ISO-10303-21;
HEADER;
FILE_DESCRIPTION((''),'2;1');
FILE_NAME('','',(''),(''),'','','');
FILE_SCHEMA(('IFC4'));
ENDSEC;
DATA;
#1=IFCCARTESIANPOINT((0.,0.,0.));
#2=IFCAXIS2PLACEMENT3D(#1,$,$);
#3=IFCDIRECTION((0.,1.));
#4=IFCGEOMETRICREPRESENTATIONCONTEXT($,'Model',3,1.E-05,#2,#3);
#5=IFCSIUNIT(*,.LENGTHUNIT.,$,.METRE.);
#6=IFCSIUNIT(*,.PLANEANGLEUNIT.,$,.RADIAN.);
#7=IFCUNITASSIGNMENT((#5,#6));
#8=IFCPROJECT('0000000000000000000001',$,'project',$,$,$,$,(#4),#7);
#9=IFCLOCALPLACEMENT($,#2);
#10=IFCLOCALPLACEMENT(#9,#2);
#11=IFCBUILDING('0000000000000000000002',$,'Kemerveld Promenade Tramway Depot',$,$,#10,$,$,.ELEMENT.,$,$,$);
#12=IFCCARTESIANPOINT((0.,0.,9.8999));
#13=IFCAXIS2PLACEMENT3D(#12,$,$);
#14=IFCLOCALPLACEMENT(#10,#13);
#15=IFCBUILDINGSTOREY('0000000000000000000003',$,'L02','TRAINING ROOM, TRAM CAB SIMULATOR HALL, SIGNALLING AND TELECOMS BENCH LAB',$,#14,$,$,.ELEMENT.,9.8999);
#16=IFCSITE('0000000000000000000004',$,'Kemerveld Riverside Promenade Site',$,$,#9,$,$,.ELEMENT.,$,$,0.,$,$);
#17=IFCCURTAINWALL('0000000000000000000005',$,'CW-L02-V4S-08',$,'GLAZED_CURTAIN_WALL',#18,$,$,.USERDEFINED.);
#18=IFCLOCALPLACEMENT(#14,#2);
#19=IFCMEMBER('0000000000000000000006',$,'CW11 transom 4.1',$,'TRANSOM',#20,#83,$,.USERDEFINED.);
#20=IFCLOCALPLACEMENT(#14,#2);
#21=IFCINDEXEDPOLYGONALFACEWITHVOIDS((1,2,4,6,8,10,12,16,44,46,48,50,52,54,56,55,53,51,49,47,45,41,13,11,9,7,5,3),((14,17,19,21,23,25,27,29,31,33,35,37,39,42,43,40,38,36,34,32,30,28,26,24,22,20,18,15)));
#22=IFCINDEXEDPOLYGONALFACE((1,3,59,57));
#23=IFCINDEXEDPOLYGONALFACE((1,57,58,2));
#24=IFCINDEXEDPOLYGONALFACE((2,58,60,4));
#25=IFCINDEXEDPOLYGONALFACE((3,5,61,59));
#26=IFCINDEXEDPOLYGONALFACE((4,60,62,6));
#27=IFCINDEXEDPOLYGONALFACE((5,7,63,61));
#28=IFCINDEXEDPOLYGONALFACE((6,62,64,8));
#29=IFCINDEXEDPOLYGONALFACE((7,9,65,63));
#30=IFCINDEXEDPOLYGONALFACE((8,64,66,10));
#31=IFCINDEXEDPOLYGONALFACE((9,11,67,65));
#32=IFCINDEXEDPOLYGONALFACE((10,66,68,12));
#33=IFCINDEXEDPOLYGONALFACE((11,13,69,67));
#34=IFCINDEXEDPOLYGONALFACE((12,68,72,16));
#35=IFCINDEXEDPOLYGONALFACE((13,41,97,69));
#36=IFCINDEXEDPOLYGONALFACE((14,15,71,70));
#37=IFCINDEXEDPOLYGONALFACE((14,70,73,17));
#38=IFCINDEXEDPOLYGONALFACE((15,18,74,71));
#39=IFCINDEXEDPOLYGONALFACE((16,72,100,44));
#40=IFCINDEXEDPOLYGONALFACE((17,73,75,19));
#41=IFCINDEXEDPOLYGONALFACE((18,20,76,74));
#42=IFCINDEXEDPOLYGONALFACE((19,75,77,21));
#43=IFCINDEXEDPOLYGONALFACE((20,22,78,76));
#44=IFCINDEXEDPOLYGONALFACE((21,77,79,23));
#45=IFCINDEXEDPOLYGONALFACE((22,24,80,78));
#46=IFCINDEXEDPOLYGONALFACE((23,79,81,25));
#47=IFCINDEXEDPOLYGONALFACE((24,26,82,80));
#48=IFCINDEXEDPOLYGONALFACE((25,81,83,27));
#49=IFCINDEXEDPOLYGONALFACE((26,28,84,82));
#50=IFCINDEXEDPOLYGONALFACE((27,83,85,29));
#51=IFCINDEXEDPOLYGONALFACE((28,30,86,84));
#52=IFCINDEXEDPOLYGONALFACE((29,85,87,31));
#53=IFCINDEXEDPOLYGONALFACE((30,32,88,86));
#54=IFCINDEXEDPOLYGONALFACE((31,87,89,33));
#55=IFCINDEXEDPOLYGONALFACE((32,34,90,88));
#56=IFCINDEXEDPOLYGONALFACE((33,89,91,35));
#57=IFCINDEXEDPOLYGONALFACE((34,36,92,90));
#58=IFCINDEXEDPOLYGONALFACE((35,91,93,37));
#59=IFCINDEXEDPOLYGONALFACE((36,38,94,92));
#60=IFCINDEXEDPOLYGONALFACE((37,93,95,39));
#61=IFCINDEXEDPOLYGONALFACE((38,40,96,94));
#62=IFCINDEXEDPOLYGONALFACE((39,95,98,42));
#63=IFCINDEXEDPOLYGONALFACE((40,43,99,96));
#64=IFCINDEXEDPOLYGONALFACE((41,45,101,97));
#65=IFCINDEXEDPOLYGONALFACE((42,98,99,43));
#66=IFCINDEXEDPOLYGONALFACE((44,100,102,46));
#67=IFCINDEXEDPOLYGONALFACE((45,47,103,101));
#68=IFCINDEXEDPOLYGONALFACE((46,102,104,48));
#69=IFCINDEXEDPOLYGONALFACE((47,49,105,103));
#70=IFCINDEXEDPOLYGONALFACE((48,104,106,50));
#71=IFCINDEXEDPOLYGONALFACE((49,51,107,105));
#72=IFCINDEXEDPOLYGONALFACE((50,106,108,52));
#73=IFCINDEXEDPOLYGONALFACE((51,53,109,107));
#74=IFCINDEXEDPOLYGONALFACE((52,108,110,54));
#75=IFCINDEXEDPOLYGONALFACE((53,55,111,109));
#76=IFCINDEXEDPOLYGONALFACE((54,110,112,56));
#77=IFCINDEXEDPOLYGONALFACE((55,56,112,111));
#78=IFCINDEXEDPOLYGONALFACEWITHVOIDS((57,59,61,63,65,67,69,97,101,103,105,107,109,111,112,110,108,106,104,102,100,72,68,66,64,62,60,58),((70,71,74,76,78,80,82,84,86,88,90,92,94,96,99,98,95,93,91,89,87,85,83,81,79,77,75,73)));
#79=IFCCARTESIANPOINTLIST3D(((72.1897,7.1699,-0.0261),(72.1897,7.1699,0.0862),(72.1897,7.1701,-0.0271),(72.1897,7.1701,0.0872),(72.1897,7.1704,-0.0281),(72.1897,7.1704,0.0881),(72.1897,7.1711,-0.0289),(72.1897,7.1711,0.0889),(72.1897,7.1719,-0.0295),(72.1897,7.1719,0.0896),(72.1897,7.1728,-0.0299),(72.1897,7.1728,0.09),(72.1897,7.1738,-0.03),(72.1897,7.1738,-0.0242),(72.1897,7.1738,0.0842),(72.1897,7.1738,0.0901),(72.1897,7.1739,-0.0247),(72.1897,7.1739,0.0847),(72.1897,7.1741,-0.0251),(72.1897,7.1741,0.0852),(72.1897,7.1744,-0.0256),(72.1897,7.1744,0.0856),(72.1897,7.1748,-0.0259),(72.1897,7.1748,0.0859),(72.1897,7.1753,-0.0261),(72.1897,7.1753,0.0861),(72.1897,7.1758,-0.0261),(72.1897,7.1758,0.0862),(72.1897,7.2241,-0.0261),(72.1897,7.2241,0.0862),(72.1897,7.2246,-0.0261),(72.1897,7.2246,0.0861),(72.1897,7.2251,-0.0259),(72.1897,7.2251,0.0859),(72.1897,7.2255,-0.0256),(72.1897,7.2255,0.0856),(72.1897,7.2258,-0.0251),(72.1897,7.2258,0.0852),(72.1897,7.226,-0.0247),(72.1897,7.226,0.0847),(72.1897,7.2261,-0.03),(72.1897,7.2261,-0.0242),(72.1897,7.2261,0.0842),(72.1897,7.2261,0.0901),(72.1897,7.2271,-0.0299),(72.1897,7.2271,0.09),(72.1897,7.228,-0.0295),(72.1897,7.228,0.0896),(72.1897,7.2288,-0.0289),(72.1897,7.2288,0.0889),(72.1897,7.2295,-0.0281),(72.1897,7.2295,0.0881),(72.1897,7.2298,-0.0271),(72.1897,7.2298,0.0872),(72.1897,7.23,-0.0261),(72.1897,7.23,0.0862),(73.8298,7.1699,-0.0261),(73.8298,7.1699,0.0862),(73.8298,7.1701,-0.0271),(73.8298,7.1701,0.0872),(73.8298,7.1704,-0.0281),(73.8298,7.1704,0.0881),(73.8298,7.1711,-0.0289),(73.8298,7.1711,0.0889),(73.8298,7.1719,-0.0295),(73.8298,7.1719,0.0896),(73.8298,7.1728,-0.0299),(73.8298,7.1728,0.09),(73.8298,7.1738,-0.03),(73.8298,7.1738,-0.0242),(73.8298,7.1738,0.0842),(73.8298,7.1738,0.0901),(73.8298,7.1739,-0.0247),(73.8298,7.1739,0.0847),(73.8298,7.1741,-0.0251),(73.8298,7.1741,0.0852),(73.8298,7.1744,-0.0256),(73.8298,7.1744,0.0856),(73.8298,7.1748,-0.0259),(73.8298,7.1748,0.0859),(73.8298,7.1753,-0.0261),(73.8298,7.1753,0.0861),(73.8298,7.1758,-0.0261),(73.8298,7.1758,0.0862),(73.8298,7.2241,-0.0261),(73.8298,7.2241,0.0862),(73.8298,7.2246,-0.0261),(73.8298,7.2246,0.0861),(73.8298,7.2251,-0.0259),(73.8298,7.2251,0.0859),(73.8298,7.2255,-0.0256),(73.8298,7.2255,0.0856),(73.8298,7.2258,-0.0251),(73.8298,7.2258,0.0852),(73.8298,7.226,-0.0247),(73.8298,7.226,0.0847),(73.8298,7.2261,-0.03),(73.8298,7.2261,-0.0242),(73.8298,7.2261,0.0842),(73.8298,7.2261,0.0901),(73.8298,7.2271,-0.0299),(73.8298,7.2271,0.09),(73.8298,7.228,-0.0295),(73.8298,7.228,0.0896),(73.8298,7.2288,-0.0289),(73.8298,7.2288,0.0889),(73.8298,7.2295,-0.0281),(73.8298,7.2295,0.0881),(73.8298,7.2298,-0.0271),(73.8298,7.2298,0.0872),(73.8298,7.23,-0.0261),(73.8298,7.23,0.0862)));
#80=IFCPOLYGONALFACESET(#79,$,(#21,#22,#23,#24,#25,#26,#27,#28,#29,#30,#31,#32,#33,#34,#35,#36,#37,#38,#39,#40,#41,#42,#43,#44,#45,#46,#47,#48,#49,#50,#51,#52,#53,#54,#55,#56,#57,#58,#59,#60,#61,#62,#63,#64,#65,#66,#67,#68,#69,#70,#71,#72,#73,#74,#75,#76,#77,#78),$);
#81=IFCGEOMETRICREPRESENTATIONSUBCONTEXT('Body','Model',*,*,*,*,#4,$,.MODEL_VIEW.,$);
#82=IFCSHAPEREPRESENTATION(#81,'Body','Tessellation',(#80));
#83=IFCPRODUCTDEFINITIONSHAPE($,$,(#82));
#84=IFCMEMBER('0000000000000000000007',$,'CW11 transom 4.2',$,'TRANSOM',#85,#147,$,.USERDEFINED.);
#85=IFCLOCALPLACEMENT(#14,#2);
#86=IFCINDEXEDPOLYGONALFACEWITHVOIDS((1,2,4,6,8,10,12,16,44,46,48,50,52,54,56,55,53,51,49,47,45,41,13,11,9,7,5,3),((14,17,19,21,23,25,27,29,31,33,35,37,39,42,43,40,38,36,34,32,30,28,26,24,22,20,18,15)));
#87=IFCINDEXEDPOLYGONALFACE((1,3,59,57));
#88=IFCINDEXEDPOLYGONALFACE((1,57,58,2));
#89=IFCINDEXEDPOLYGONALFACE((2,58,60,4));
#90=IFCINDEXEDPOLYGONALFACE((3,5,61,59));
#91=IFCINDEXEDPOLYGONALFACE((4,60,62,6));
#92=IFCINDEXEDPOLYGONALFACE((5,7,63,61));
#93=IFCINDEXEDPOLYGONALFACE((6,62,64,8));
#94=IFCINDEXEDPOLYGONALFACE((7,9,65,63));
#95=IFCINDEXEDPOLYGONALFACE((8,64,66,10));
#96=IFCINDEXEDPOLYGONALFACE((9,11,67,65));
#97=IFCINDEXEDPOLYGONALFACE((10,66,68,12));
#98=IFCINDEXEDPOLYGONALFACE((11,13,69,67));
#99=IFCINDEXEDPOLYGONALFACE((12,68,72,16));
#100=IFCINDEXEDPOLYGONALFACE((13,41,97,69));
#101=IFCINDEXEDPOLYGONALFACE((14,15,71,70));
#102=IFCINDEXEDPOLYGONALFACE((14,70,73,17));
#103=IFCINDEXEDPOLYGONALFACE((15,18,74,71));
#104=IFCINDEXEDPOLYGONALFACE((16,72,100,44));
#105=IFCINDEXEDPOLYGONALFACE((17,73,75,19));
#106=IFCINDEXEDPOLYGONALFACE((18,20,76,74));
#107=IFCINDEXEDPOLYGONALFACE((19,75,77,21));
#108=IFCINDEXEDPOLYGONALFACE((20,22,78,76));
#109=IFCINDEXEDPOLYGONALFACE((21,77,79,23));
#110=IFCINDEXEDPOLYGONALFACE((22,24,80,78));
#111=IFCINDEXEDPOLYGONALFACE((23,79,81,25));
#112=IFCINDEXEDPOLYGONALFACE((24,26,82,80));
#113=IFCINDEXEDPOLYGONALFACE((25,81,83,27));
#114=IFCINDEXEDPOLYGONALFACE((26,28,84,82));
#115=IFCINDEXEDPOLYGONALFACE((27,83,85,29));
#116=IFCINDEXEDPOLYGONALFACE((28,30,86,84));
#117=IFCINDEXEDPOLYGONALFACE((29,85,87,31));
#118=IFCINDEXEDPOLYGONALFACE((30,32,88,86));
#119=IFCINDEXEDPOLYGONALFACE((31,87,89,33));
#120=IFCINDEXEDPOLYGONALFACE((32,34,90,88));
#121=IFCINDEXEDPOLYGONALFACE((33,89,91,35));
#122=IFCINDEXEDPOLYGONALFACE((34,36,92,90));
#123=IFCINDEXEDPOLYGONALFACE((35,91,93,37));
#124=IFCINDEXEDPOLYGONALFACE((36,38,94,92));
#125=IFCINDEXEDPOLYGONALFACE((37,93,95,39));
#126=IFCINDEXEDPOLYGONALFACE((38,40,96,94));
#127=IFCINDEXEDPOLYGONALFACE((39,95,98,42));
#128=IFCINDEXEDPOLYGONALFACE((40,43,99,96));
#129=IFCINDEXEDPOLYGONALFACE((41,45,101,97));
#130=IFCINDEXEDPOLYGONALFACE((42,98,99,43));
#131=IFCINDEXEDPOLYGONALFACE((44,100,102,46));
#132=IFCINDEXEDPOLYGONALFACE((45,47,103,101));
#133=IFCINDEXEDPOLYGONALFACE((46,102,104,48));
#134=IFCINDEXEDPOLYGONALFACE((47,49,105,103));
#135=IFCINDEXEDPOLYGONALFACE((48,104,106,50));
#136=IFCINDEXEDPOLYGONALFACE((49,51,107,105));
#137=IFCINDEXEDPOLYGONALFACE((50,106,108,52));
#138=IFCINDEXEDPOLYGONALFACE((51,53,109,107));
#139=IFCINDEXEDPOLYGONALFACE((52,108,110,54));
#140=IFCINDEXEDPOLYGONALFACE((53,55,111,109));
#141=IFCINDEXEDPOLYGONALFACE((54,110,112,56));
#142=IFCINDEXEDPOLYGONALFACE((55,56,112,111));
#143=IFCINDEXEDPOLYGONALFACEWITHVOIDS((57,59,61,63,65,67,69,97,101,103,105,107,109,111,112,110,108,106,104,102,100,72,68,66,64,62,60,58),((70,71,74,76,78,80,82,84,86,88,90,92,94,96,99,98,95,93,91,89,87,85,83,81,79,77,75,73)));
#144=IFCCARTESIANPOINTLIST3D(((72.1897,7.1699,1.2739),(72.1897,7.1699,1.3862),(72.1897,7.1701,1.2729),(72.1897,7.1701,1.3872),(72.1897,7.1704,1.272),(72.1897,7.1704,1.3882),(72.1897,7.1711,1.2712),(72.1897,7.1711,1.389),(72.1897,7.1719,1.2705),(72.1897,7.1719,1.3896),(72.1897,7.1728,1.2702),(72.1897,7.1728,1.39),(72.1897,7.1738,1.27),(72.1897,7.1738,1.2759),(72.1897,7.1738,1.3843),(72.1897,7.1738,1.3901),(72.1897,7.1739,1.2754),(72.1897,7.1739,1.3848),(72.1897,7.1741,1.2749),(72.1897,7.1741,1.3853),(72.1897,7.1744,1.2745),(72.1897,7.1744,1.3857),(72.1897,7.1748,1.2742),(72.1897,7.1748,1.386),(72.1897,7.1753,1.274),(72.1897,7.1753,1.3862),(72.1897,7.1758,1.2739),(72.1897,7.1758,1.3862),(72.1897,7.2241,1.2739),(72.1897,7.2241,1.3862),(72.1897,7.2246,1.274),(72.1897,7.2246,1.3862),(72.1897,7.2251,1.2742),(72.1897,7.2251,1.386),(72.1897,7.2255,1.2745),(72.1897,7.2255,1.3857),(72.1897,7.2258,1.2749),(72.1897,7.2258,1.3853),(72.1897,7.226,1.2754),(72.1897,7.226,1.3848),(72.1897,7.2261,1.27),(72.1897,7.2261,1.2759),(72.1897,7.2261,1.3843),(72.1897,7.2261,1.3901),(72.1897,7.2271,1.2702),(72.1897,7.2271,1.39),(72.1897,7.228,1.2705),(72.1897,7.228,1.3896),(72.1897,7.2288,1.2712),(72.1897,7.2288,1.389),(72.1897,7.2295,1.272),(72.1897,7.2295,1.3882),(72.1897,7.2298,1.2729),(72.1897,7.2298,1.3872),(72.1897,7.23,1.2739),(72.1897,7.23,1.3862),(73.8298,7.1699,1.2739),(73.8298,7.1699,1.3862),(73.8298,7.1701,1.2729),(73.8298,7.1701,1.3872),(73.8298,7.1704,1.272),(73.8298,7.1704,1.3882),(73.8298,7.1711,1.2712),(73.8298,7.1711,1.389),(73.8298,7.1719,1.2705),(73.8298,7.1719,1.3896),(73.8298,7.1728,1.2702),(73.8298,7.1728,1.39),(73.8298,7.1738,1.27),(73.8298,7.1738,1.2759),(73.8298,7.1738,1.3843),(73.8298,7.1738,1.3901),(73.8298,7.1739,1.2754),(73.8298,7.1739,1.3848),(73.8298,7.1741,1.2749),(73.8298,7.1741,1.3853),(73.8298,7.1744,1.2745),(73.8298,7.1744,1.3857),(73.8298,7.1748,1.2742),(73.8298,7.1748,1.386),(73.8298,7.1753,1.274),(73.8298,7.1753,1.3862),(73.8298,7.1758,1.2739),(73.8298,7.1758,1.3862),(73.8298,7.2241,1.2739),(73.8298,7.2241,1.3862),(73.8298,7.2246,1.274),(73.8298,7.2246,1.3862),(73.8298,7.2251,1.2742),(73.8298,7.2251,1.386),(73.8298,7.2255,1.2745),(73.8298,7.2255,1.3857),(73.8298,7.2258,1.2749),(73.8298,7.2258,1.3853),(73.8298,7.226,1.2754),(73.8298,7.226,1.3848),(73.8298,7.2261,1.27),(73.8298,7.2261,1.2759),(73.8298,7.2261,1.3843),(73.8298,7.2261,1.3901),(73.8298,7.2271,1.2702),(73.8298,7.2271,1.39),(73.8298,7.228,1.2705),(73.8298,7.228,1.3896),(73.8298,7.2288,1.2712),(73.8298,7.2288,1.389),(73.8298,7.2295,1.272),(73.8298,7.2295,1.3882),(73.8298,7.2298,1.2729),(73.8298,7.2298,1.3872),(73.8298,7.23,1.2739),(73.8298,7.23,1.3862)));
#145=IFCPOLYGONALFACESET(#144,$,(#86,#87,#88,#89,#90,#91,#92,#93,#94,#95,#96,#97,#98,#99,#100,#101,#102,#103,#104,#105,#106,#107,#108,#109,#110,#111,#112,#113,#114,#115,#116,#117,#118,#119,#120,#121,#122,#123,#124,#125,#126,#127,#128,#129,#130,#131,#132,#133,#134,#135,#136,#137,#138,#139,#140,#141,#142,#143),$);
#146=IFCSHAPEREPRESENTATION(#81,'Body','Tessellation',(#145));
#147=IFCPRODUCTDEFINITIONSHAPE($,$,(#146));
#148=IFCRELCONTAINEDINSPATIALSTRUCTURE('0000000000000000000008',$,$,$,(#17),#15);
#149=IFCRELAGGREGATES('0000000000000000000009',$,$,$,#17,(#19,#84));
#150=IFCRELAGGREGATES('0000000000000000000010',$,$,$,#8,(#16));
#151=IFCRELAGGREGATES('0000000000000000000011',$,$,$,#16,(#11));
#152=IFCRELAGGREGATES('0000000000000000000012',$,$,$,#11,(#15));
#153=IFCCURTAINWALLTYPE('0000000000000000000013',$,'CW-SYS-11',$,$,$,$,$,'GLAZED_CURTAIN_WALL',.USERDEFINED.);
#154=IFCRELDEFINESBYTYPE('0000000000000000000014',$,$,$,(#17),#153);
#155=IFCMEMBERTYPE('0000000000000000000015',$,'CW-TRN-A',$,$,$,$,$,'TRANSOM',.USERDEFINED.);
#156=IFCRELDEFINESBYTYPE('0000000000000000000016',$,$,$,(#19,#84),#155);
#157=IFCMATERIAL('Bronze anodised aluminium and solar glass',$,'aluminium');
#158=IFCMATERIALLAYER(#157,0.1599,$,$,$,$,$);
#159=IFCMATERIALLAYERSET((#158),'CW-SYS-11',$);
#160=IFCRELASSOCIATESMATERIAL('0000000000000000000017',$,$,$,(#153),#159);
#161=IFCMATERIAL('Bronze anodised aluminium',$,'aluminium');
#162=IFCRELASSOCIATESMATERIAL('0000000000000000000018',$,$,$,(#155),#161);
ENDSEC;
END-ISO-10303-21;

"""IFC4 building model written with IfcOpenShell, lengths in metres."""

from ifc_helpers import new_model, si_unit, direction, frame, origin, origin_2d, place, context, subcontext, project, spatial, hollow_rectangle, extrude, material, layer, layer_set, material_profile, profile_set, type_object, element, aggregate, save


model = new_model("IFC4")

# Units and contexts
model_context = context("Model", 3, precision=1e-05, world=origin(), true_north=direction((0.0, 1.0)))
body_context = subcontext(model_context, "Body", "Model", "MODEL_VIEW")
ifc_project = project(units=[si_unit("LENGTHUNIT", "METRE"), si_unit("PLANEANGLEUNIT", "RADIAN")], contexts=[model_context])

# Site, building, storey
site_placement = place(None, origin())
site = spatial("IfcSite", under=ifc_project, at=site_placement, Name="Kemerveld Riverside Promenade Site", CompositionType="ELEMENT", RefElevation=0.0)
building_placement = place(site_placement, origin())
building = spatial("IfcBuilding", under=site, at=building_placement, Name="Kemerveld Promenade Tramway Depot", CompositionType="ELEMENT")
storey_placement = place(building_placement, frame((0.0, 0.0, 9.8999)))
storey = spatial("IfcBuildingStorey", under=building, at=storey_placement, Name="L02", Description="TRAINING ROOM, TRAM CAB SIMULATOR HALL, SIGNALLING AND TELECOMS BENCH LAB", CompositionType="ELEMENT", Elevation=9.8999)

# Curtain wall, members
ifc_material_1 = material(Name="Bronze anodised aluminium and solar glass", Category="aluminium")
ifc_layer_1 = layer(ifc_material_1, 0.1599)
ifc_layer_set_1 = layer_set([ifc_layer_1], Name="CW-SYS-11")
curtain_wall_type = type_object("IfcCurtainWallType", Name="CW-SYS-11", ElementType="GLAZED_CURTAIN_WALL", PredefinedType="USERDEFINED", material=ifc_layer_set_1)
curtain_wall_placement = place(storey_placement, origin())
curtain_wall = element("IfcCurtainWall", 1, at=curtain_wall_placement, inside=storey, type_object=curtain_wall_type, Name="CW-L02-V4S-08", ObjectType="GLAZED_CURTAIN_WALL", PredefinedType="USERDEFINED")
ifc_material_2 = material(Name="Bronze anodised aluminium", Category="aluminium")
ifc_material_profile_1 = material_profile(ifc_material_2, hollow_rectangle(XDim=0.0601, YDim=0.1201, WallThickness=0.0039, InnerFilletRadius=0.002, OuterFilletRadius=0.0039, at=origin_2d()), Name="CW-TRN-120x60")
ifc_profile_set_1 = profile_set([ifc_material_profile_1], Name="Bronze anodised aluminium")
member_type_1 = type_object("IfcMemberType", Name="CW-TRN-A", ElementType="TRANSOM", PredefinedType="USERDEFINED", material=ifc_profile_set_1)
member_1_placement = place(storey_placement, frame((73.8298, 7.2, 0.03), z_axis=(-1.0, 0.0, 0.0), x_axis=(0.0, -1.0, 0.0)))
member_1 = element("IfcMember", 2, at=member_1_placement, type_object=member_type_1, Name="CW11 transom 4.1", ObjectType="TRANSOM", PredefinedType="USERDEFINED", context=body_context, shape_type="SweptSolid", body=[
    extrude(hollow_rectangle(XDim=0.0601, YDim=0.1201, WallThickness=0.0039, InnerFilletRadius=0.002, OuterFilletRadius=0.0039, at=origin_2d()), origin(), (0.0, 0.0, 1.0), 1.6401),
])
member_2_placement = place(storey_placement, frame((73.8298, 7.2, 1.3301), z_axis=(-1.0, 0.0, 0.0), x_axis=(0.0, -1.0, 0.0)))
member_2 = element("IfcMember", 3, at=member_2_placement, type_object=member_type_1, Name="CW11 transom 4.2", ObjectType="TRANSOM", PredefinedType="USERDEFINED", context=body_context, shape_type="SweptSolid", body=[
    extrude(hollow_rectangle(XDim=0.0601, YDim=0.1201, WallThickness=0.0039, InnerFilletRadius=0.002, OuterFilletRadius=0.0039, at=origin_2d()), origin(), (0.0, 0.0, 1.0), 1.6401),
])

aggregate(curtain_wall, [member_1, member_2])

save(model, "model.ifc")
